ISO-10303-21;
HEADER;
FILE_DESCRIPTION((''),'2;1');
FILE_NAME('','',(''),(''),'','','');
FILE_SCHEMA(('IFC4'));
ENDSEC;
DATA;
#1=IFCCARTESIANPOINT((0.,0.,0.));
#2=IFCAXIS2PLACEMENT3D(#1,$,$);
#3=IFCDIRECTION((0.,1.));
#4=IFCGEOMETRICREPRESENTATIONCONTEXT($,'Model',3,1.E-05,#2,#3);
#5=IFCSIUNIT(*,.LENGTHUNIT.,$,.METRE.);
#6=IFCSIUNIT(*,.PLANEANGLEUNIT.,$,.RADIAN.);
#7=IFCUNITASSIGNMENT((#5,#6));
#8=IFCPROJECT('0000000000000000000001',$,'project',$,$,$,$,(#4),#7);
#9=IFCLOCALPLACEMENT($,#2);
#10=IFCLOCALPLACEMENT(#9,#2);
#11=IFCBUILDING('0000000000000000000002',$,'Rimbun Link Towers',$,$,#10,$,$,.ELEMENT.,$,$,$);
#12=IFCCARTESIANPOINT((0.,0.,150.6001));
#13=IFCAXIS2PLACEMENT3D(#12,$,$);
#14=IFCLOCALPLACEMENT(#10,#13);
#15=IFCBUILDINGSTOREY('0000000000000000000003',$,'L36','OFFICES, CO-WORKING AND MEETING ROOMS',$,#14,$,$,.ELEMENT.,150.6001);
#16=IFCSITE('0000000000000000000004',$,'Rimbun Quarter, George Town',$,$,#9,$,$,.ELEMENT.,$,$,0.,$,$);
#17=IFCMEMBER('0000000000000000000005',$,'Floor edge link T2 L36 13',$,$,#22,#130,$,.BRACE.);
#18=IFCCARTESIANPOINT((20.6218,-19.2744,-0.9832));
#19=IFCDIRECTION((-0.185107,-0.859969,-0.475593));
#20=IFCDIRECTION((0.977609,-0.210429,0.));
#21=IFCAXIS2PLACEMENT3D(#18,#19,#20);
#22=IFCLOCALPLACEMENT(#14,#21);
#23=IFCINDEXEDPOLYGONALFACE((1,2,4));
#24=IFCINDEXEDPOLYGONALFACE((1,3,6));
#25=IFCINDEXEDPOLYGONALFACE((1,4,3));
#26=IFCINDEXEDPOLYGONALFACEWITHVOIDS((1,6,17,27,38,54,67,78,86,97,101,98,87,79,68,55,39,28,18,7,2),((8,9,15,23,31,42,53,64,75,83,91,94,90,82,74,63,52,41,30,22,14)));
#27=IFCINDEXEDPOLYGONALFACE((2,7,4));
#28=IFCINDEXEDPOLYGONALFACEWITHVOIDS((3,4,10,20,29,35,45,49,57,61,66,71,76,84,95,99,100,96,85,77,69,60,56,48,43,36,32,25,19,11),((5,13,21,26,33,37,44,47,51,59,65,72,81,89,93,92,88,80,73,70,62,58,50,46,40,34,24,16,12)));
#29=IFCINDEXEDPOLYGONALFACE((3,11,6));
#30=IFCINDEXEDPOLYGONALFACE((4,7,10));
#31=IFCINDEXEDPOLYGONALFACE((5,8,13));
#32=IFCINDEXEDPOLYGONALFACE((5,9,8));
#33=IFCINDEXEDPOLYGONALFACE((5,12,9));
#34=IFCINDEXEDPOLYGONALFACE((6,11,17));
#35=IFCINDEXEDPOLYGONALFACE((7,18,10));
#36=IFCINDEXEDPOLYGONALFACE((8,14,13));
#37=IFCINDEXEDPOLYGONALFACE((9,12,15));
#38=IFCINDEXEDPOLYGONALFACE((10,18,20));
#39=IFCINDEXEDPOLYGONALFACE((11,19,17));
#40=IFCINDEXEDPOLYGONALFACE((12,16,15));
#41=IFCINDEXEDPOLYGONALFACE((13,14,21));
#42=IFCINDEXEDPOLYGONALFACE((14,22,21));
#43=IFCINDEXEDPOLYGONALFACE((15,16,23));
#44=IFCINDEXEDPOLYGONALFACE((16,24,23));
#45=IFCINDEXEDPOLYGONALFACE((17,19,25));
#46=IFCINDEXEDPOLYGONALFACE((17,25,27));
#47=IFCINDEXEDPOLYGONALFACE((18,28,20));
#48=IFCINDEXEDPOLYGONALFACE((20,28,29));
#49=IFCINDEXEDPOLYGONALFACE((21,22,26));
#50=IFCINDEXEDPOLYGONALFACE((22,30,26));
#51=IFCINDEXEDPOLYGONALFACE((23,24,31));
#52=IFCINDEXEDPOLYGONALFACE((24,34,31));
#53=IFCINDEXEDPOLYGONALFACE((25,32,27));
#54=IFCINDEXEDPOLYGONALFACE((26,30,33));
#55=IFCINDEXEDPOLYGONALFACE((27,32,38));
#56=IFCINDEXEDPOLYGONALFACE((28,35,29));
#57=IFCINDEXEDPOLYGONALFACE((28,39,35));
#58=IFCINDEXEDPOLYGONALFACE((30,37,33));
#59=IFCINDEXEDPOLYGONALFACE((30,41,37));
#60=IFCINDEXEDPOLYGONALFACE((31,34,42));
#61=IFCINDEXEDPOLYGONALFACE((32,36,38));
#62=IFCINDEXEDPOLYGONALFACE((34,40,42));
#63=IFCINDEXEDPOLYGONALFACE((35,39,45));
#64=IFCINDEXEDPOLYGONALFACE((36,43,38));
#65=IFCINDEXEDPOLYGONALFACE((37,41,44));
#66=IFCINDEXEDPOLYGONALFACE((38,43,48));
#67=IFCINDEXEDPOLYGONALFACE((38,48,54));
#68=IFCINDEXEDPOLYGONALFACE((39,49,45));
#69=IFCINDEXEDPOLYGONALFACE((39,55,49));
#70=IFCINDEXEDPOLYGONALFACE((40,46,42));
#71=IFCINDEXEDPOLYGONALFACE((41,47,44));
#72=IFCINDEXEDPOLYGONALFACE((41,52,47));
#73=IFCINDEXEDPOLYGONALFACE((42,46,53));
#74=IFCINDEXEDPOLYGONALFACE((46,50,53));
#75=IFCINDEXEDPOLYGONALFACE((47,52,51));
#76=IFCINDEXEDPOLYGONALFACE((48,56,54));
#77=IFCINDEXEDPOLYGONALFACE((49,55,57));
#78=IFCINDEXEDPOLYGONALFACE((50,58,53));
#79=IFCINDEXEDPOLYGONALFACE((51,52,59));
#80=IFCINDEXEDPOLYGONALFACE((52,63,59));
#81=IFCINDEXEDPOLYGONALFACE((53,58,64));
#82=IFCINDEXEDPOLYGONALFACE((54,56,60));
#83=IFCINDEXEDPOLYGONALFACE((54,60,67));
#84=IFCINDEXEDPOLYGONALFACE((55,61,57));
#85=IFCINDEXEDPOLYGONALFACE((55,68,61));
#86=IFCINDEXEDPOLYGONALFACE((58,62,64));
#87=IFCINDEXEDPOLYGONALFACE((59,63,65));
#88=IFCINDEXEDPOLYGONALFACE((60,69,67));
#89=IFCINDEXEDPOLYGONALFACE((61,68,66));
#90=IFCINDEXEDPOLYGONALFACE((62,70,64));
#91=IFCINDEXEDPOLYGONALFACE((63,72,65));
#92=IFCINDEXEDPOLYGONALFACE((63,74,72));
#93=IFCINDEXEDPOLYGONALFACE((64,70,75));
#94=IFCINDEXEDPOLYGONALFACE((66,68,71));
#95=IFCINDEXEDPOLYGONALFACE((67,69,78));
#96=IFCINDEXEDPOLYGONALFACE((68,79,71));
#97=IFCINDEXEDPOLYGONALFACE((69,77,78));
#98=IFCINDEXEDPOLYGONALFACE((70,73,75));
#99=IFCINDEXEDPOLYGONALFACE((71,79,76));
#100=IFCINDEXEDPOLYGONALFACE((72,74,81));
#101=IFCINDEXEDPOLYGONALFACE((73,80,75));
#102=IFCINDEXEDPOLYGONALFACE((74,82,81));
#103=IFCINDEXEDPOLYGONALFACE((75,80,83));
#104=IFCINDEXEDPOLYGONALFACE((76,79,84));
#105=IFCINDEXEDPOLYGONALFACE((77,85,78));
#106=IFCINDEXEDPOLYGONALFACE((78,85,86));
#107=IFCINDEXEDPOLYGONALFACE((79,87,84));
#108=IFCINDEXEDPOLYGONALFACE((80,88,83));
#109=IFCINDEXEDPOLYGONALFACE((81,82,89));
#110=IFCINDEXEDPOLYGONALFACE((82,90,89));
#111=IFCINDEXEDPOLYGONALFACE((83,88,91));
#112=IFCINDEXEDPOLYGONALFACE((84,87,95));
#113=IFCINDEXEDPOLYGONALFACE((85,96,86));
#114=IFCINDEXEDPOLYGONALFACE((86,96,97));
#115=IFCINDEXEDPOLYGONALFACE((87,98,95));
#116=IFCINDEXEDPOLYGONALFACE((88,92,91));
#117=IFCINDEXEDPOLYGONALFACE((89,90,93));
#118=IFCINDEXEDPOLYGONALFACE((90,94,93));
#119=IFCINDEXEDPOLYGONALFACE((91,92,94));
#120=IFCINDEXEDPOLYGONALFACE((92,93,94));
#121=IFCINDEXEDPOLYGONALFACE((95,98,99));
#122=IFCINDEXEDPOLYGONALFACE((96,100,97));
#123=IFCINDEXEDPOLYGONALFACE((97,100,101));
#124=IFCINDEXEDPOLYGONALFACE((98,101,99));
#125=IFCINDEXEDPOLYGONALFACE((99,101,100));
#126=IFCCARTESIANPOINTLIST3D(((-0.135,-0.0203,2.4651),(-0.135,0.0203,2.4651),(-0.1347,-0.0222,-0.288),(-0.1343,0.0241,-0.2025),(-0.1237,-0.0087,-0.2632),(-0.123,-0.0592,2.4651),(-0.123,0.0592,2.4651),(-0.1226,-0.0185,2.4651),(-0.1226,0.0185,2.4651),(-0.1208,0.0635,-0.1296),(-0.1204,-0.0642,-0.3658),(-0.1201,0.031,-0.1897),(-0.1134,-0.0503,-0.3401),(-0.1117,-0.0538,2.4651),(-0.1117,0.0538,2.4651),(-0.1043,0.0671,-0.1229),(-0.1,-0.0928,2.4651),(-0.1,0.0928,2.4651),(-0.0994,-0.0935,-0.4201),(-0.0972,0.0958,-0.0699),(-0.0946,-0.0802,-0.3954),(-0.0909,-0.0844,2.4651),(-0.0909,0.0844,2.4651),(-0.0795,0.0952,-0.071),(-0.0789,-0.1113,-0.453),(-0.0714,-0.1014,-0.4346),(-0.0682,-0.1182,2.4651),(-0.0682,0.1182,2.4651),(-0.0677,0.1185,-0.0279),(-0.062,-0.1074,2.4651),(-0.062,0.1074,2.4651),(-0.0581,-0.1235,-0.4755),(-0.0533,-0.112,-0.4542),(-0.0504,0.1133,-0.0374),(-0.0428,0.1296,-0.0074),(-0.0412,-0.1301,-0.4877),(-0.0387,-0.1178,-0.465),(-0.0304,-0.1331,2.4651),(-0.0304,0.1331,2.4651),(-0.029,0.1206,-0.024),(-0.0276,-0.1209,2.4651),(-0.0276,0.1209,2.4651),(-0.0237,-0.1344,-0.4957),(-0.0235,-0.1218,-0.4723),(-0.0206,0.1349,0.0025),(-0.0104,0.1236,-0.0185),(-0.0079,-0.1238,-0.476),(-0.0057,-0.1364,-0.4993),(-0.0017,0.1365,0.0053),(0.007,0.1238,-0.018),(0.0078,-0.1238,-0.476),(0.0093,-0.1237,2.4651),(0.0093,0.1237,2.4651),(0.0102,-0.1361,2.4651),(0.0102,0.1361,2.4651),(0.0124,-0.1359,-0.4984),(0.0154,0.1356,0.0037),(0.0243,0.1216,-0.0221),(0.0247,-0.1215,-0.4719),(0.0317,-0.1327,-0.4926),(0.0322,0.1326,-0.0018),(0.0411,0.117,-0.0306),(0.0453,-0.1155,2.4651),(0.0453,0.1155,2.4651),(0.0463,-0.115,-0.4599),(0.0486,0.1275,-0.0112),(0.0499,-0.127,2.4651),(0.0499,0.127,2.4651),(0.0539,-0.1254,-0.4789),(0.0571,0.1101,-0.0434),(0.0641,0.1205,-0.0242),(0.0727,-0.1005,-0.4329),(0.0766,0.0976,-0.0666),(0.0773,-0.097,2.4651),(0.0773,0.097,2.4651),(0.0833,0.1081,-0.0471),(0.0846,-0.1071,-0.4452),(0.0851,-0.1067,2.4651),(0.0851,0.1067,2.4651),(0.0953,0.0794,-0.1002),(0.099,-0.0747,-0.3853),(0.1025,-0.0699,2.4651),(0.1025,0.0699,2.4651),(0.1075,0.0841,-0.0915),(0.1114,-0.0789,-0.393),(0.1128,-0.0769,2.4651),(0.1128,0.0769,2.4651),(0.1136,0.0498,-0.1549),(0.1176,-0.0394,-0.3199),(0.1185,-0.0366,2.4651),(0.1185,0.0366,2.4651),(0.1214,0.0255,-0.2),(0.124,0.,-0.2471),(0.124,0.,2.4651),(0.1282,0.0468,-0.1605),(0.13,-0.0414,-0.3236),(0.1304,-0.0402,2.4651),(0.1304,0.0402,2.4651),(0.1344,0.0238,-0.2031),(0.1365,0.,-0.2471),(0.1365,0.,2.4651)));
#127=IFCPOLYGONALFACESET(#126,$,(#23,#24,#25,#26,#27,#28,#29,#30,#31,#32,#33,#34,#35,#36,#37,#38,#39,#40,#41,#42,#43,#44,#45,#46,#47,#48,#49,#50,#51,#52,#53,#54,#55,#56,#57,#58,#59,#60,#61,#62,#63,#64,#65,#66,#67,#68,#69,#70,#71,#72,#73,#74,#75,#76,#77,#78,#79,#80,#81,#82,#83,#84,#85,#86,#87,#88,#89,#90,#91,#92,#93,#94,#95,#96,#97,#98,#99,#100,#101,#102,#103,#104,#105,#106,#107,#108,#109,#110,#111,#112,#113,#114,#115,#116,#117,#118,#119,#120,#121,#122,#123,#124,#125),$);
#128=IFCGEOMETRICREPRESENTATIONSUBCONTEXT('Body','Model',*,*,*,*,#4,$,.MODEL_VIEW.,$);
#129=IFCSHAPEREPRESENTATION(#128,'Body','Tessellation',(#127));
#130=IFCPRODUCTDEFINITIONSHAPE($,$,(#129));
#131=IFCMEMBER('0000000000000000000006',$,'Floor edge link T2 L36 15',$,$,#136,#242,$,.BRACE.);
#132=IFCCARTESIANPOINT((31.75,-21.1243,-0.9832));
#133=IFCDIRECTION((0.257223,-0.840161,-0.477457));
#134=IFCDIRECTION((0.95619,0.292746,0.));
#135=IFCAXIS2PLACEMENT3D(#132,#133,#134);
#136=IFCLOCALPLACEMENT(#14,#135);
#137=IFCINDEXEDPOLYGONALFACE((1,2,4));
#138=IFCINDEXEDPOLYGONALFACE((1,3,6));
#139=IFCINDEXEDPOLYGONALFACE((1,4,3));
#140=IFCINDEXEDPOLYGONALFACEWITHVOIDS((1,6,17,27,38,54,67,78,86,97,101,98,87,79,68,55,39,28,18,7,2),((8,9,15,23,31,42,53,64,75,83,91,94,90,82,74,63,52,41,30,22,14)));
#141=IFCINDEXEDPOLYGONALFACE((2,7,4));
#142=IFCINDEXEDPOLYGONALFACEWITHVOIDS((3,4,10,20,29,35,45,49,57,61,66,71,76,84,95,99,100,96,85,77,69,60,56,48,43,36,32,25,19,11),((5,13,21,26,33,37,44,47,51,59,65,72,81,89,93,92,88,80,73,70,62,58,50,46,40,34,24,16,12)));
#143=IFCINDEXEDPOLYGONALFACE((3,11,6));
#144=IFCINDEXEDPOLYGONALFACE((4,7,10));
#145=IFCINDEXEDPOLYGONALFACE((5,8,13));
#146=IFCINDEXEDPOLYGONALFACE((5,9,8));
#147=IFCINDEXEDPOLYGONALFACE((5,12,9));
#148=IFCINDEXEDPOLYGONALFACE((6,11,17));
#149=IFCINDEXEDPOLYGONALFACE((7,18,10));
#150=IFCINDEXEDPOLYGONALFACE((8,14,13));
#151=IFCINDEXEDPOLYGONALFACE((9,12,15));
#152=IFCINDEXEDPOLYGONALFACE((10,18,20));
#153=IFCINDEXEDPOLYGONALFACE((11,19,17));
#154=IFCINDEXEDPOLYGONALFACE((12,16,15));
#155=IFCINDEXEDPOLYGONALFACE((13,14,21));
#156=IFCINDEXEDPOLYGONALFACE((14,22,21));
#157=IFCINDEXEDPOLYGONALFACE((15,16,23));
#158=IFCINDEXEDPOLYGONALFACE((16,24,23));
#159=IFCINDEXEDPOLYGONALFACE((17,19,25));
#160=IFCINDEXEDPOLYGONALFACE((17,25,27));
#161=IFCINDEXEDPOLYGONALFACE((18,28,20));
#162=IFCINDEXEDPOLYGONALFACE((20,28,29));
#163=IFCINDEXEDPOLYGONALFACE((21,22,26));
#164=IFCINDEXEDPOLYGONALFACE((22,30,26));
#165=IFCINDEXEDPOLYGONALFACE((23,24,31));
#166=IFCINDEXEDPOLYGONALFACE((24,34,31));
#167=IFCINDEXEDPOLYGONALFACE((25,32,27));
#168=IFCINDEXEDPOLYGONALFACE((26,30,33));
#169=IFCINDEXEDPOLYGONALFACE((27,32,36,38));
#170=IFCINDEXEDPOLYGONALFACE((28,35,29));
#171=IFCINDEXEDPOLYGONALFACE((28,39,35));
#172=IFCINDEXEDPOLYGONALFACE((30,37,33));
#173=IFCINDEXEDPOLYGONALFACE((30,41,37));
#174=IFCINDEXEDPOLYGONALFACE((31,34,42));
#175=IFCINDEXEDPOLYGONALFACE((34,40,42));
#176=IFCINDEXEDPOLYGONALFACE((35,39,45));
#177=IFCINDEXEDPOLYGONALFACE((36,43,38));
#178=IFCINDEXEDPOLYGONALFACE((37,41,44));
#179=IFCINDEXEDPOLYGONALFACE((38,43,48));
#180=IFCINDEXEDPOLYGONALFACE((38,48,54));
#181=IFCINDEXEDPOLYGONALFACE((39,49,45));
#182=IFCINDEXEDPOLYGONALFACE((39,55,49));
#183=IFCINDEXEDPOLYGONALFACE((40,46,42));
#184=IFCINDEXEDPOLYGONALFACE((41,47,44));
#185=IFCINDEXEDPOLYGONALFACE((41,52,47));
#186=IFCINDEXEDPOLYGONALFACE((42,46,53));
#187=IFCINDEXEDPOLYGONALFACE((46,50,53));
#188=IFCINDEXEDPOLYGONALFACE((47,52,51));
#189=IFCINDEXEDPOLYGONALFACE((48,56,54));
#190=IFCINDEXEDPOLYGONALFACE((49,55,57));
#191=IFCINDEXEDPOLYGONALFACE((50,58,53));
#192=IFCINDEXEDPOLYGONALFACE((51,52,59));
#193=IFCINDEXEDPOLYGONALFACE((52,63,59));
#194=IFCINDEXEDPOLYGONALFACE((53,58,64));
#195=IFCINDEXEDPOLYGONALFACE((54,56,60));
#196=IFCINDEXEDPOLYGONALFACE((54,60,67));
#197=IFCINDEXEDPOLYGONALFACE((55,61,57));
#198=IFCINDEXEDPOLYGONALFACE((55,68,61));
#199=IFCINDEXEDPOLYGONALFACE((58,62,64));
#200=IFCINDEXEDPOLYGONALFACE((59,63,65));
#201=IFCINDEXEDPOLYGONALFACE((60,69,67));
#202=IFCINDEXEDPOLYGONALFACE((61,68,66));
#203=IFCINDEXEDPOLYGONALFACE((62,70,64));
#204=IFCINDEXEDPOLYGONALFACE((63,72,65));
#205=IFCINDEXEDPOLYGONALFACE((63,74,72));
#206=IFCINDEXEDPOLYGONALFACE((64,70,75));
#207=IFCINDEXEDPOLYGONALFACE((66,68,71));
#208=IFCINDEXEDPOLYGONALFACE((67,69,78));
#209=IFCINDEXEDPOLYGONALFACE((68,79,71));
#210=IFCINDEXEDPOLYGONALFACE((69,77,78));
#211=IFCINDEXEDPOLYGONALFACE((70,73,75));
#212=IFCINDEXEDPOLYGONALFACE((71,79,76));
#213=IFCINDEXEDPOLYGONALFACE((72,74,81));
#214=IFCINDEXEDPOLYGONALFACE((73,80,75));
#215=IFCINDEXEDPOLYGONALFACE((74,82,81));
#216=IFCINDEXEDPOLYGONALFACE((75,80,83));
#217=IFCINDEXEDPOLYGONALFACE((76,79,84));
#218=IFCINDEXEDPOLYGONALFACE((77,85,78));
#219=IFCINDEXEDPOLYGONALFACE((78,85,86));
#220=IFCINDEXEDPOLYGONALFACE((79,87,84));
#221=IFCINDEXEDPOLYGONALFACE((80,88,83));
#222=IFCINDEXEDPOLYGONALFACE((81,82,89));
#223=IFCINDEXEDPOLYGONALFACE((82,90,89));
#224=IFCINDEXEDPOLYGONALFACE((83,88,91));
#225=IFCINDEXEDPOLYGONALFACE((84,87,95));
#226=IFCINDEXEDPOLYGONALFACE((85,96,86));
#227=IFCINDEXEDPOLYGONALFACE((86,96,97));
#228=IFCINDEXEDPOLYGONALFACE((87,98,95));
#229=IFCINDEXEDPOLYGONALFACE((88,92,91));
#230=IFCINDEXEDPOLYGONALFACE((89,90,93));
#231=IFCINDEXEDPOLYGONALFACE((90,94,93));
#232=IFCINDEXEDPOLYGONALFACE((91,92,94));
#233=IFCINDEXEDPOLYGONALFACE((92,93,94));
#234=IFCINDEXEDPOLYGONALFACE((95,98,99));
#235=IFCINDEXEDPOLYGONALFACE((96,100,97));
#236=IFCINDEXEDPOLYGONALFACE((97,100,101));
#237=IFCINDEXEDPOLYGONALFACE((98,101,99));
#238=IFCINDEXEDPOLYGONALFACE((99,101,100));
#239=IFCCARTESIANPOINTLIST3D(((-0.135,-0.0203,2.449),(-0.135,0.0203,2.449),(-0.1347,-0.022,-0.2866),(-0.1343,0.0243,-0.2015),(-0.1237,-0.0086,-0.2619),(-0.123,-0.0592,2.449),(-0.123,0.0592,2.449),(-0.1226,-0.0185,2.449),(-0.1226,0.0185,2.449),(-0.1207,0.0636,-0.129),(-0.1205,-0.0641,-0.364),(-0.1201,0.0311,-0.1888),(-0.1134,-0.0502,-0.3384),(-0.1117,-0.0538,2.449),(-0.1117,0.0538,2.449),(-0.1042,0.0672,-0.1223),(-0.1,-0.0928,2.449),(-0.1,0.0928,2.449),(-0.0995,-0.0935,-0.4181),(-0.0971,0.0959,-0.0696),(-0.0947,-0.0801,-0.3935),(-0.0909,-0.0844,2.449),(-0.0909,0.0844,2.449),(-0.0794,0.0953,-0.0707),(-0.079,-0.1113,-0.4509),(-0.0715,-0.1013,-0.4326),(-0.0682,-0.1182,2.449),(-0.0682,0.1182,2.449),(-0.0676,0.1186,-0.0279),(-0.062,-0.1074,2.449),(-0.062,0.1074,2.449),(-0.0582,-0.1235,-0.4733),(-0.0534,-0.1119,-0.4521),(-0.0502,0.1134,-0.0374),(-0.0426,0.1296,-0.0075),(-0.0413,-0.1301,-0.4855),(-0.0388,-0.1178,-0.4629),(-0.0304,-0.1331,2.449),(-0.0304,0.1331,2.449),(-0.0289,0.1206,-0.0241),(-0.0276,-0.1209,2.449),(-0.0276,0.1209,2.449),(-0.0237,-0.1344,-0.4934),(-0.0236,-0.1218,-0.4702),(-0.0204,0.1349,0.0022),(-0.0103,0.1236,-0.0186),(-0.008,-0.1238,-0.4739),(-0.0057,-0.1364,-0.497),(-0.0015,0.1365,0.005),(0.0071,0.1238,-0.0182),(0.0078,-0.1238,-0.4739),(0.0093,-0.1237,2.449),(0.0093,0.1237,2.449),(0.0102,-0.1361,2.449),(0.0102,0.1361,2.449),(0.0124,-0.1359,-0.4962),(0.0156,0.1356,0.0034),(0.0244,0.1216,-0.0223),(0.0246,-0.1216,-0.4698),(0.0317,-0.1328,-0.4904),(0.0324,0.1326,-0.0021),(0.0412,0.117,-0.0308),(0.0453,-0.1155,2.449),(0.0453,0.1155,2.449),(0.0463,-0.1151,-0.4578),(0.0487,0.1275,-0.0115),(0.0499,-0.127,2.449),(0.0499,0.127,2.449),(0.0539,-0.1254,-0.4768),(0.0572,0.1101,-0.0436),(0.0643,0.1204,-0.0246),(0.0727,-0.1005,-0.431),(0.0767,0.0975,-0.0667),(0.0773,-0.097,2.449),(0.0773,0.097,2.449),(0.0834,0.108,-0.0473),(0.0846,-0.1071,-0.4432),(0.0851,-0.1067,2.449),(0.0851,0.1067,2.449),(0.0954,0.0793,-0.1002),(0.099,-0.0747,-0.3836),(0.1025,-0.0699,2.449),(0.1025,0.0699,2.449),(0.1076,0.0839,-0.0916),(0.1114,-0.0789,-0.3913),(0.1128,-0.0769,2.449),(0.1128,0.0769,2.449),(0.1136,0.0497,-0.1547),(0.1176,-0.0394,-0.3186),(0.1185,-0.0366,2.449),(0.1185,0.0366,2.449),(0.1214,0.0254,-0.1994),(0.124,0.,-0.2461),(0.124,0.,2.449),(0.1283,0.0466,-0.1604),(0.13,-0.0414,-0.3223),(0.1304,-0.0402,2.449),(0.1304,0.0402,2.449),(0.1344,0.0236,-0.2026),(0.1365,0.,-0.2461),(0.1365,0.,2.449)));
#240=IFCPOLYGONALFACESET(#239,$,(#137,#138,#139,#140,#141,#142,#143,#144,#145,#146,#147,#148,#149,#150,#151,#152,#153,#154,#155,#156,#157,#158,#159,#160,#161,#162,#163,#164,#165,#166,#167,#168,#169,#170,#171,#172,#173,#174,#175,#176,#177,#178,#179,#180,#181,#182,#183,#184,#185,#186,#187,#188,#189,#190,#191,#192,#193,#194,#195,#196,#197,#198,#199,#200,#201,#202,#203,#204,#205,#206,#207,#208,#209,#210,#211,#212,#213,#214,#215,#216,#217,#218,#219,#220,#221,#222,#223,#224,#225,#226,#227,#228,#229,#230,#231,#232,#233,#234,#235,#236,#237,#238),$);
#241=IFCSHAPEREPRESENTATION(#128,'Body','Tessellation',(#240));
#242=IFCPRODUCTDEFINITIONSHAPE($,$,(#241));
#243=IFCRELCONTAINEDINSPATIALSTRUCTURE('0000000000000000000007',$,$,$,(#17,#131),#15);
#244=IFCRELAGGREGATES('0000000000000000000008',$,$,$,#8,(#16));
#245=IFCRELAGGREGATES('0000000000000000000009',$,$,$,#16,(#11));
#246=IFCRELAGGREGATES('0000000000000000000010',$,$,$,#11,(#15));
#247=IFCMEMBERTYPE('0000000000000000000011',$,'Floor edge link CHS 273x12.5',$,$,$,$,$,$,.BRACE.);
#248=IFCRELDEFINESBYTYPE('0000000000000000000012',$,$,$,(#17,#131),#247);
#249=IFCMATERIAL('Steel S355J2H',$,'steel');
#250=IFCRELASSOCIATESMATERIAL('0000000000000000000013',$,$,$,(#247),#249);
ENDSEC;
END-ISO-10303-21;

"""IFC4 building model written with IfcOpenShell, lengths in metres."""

from ifc_helpers import new_model, si_unit, direction, frame, origin, origin_2d, place, context, subcontext, project, spatial, hollow_circle, extrude, clip, halfspace, material, material_profile, profile_set, type_object, element, save


model = new_model("IFC4")

# Units and contexts
model_context = context("Model", 3, precision=1e-05, world=origin(), true_north=direction((0.0, 1.0)))
body_context = subcontext(model_context, "Body", "Model", "MODEL_VIEW")
ifc_project = project(units=[si_unit("LENGTHUNIT", "METRE"), si_unit("PLANEANGLEUNIT", "RADIAN")], contexts=[model_context])

# Site, building, storey
site_placement = place(None, origin())
site = spatial("IfcSite", under=ifc_project, at=site_placement, Name="Rimbun Quarter, George Town", CompositionType="ELEMENT", RefElevation=0.0)
building_placement = place(site_placement, origin())
building = spatial("IfcBuilding", under=site, at=building_placement, Name="Rimbun Link Towers", CompositionType="ELEMENT")
storey_placement = place(building_placement, frame((0.0, 0.0, 150.6001)))
storey = spatial("IfcBuildingStorey", under=building, at=storey_placement, Name="L36", Description="OFFICES, CO-WORKING AND MEETING ROOMS", CompositionType="ELEMENT", Elevation=150.6001)

# Members
ifc_material_1 = material(Name="Steel S355J2H", Category="steel")
ifc_material_profile_1 = material_profile(ifc_material_1, hollow_circle(Radius=0.1365, WallThickness=0.0125, at=origin_2d()), Name="CHS 273x12.5")
ifc_profile_set_1 = profile_set([ifc_material_profile_1], Name="Steel S355J2H")
member_type_1 = type_object("IfcMemberType", Name="Floor edge link CHS 273x12.5", PredefinedType="BRACE", material=ifc_profile_set_1)
member_1_placement = place(storey_placement, frame((20.6218, -19.2744, -0.9832), z_axis=(-0.185107, -0.859969, -0.475593), x_axis=(0.977609, -0.210429, 0.0)))
element("IfcMember", 1, at=member_1_placement, inside=storey, type_object=member_type_1, Name="Floor edge link T2 L36 13", PredefinedType="BRACE", context=body_context, shape_type="Clipping", body=[
    clip(extrude(hollow_circle(Radius=0.1365, WallThickness=0.0125, at=origin_2d()), frame((0.0, 0.0, -0.5261)), (0.0, 0.0, 1.0), 2.9912), halfspace(frame((0.0, 0.0, -0.2471), z_axis=(0.0, 0.879666, -0.475593)), False)),
])
member_2_placement = place(storey_placement, frame((31.75, -21.1243, -0.9832), z_axis=(0.257223, -0.840161, -0.477457), x_axis=(0.95619, 0.292746, 0.0)))
element("IfcMember", 2, at=member_2_placement, inside=storey, type_object=member_type_1, Name="Floor edge link T2 L36 15", PredefinedType="BRACE", context=body_context, shape_type="Clipping", body=[
    clip(extrude(hollow_circle(Radius=0.1365, WallThickness=0.0125, at=origin_2d()), frame((0.0, 0.0, -0.5232)), (0.0, 0.0, 1.0), 2.9722), halfspace(frame((0.0, 0.0, -0.2461), z_axis=(0.0, 0.878655, -0.477457)), False)),
])

save(model, "model.ifc")
